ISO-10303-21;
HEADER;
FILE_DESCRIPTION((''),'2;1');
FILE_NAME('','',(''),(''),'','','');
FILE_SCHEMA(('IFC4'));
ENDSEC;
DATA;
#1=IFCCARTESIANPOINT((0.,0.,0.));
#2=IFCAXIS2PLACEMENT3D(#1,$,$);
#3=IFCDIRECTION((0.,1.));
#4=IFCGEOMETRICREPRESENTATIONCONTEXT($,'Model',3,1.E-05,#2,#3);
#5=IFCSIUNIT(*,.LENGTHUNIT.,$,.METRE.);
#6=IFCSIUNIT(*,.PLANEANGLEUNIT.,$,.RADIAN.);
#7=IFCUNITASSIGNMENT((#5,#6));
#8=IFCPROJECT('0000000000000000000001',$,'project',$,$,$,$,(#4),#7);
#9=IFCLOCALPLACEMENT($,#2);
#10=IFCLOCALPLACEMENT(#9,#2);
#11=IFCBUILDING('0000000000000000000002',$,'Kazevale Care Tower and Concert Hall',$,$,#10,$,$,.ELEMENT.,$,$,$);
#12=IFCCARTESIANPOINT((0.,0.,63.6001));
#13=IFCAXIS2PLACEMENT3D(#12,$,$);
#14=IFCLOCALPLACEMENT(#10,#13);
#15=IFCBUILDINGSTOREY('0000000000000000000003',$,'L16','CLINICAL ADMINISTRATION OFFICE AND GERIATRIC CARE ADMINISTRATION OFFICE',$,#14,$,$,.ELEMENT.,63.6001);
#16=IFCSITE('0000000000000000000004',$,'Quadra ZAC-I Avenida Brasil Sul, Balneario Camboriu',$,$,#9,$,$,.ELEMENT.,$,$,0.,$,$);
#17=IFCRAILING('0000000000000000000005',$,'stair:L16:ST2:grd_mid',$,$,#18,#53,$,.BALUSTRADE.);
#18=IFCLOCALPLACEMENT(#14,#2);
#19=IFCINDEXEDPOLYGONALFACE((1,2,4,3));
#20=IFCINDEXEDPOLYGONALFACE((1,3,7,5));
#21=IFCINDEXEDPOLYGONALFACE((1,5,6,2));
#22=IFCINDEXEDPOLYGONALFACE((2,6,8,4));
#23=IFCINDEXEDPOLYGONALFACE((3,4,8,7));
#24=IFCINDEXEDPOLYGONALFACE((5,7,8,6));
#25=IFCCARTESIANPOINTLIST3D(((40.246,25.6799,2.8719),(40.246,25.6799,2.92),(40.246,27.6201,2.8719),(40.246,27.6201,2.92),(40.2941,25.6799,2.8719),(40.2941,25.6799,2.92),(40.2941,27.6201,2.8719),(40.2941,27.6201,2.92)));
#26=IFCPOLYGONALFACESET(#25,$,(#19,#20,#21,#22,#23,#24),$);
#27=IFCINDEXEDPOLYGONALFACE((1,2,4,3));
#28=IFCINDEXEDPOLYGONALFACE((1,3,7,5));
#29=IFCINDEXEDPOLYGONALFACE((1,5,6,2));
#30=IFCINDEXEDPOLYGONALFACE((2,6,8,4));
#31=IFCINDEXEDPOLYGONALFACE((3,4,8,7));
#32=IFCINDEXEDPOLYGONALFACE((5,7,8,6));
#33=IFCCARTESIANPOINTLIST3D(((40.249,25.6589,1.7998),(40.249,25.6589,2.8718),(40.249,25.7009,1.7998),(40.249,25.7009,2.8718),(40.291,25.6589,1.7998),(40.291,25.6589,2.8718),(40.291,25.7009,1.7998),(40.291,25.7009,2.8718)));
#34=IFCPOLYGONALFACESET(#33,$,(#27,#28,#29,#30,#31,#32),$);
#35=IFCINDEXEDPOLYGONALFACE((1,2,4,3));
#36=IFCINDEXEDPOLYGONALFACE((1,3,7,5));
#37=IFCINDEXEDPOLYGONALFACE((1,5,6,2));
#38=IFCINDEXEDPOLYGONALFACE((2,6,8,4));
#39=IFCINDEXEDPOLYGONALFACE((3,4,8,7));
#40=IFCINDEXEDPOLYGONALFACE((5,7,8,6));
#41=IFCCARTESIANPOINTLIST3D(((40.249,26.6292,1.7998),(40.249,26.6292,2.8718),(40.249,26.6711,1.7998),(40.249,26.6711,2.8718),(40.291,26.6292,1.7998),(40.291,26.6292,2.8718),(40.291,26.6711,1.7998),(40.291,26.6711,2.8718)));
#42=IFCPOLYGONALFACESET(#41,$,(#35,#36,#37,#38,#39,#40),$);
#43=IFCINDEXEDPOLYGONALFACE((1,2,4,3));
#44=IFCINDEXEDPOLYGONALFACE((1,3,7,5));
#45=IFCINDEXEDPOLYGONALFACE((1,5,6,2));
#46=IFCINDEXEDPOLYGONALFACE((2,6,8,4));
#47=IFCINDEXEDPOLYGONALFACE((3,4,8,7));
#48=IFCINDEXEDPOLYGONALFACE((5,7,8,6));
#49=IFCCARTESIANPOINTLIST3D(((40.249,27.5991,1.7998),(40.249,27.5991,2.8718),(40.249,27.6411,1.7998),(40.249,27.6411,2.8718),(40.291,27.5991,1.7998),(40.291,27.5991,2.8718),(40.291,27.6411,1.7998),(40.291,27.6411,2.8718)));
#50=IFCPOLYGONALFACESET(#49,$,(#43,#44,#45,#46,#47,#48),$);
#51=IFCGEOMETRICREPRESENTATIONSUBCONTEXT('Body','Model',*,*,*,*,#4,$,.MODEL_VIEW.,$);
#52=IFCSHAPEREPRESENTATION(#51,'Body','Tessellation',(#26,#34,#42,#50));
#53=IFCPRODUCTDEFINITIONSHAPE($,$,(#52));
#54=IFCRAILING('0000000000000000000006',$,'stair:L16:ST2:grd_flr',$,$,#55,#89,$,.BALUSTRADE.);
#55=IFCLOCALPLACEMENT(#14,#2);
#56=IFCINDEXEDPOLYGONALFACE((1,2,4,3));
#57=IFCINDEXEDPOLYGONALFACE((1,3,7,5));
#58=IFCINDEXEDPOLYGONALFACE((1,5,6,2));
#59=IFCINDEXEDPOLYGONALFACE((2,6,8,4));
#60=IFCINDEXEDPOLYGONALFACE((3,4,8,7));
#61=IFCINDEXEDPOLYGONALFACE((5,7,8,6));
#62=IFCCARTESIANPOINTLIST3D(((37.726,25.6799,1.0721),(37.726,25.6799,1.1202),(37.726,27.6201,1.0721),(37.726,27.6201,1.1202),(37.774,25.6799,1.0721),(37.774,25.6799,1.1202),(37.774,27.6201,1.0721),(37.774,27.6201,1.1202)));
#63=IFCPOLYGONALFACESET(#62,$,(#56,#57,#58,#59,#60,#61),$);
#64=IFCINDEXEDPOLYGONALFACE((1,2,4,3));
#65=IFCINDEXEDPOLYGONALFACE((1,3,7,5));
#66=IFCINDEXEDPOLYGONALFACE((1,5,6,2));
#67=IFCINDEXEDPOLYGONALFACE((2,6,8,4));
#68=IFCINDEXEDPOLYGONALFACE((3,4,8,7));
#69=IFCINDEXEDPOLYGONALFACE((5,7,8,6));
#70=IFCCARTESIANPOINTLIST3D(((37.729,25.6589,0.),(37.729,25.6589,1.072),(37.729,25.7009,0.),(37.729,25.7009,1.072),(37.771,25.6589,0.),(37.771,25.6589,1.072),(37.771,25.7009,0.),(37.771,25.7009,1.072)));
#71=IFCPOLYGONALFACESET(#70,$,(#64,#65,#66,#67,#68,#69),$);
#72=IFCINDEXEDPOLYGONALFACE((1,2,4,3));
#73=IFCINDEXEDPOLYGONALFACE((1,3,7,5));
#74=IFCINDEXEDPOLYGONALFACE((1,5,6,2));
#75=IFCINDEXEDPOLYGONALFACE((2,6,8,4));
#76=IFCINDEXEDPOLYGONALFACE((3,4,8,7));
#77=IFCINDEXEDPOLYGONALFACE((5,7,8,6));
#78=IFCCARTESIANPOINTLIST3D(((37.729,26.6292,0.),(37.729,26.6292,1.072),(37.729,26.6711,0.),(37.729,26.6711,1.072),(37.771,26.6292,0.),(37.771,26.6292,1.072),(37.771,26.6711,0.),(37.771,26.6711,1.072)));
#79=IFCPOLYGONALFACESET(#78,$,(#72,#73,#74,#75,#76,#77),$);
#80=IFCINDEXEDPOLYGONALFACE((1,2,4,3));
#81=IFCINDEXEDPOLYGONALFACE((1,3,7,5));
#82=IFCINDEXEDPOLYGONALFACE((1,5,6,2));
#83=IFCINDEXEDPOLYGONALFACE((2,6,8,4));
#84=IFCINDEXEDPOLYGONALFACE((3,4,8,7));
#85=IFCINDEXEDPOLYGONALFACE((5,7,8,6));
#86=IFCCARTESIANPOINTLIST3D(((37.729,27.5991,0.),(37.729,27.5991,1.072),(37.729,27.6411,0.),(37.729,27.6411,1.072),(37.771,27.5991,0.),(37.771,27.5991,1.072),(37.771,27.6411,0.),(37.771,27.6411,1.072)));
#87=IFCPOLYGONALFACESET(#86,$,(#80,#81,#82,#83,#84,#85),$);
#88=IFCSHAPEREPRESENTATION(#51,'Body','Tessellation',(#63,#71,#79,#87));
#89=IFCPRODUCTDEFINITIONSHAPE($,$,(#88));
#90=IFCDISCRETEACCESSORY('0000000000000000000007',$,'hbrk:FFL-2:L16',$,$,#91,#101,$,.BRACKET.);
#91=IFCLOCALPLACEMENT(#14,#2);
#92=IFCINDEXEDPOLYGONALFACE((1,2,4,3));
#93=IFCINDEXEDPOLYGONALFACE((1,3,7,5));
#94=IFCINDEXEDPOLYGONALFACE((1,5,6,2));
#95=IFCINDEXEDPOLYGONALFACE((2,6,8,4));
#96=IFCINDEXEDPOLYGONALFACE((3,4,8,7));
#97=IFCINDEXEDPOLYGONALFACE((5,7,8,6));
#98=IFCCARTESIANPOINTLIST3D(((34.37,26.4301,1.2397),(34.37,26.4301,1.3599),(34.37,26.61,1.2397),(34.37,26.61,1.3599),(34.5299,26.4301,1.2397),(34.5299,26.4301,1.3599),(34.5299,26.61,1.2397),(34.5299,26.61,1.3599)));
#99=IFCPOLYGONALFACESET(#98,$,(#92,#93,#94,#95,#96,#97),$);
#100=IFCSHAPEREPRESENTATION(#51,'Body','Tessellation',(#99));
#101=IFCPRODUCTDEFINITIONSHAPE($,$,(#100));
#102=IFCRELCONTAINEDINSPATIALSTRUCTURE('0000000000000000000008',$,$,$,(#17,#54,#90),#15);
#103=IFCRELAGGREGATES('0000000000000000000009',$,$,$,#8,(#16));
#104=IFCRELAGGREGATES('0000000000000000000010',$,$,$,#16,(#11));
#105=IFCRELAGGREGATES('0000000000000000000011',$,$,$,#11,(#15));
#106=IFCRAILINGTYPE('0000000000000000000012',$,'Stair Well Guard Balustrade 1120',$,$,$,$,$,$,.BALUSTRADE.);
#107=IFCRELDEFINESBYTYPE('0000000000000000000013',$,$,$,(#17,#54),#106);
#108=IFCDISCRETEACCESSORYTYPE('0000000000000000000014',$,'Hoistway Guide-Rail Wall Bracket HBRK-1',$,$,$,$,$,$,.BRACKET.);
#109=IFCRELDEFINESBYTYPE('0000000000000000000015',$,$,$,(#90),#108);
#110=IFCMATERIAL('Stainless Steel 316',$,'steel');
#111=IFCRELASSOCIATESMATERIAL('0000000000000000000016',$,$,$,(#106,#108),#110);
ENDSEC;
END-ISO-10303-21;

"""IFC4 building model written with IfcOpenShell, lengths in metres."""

from ifc_helpers import new_model, si_unit, direction, frame, origin, origin_2d, place, context, subcontext, project, spatial, rectangle, extrude, material, type_object, element, save


model = new_model("IFC4")

# Units and contexts
model_context = context("Model", 3, precision=1e-05, world=origin(), true_north=direction((0.0, 1.0)))
body_context = subcontext(model_context, "Body", "Model", "MODEL_VIEW")
ifc_project = project(units=[si_unit("LENGTHUNIT", "METRE"), si_unit("PLANEANGLEUNIT", "RADIAN")], contexts=[model_context])

# Site, building, storey
site_placement = place(None, origin())
site = spatial("IfcSite", under=ifc_project, at=site_placement, Name="Quadra ZAC-I Avenida Brasil Sul, Balneario Camboriu", CompositionType="ELEMENT", RefElevation=0.0)
building_placement = place(site_placement, origin())
building = spatial("IfcBuilding", under=site, at=building_placement, Name="Kazevale Care Tower and Concert Hall", CompositionType="ELEMENT")
storey_placement = place(building_placement, frame((0.0, 0.0, 63.6001)))
storey = spatial("IfcBuildingStorey", under=building, at=storey_placement, Name="L16", Description="CLINICAL ADMINISTRATION OFFICE AND GERIATRIC CARE ADMINISTRATION OFFICE", CompositionType="ELEMENT", Elevation=63.6001)

# Railings
ifc_material_1 = material(Name="Stainless Steel 316", Category="steel")
railing_type_1 = type_object("IfcRailingType", Name="Stair Well Guard Balustrade 1120", PredefinedType="BALUSTRADE", material=ifc_material_1)
for number, where, name in (
    (1, (40.27, 25.6799, 1.7998), "stair:L16:ST2:grd_mid"),
    (2, (37.75, 25.6799, 0.0), "stair:L16:ST2:grd_flr"),
):
    element("IfcRailing", number, at=place(storey_placement, frame(where)), inside=storey, type_object=railing_type_1, Name=name, PredefinedType="BALUSTRADE", context=body_context, shape_type="SweptSolid", body=[
        extrude(rectangle(XDim=0.0481, YDim=0.0481, at=origin_2d()), frame((0.0, 0.0, 1.0962), z_axis=(0.0, 1.0, 0.0), x_axis=(-1.0, 0.0, 0.0)), (0.0, 0.0, 1.0), 1.9402),
        extrude(rectangle(XDim=0.042, YDim=0.042, at=origin_2d()), origin(), (0.0, 0.0, 1.0), 1.072),
        extrude(rectangle(XDim=0.042, YDim=0.042, at=origin_2d()), frame((0.0, 0.9702, 0.0)), (0.0, 0.0, 1.0), 1.072),
        extrude(rectangle(XDim=0.042, YDim=0.042, at=origin_2d()), frame((0.0, 1.9402, 0.0)), (0.0, 0.0, 1.0), 1.072),
    ])

# Discrete accessory
discrete_accessory_type = type_object("IfcDiscreteAccessoryType", Name="Hoistway Guide-Rail Wall Bracket HBRK-1", PredefinedType="BRACKET", material=ifc_material_1)
discrete_accessory_placement = place(storey_placement, frame((34.45, 26.52, 1.2397), z_axis=(0.0, 0.0, 1.0), x_axis=(1.0, 0.0, 0.0)))
element("IfcDiscreteAccessory", 3, at=discrete_accessory_placement, inside=storey, type_object=discrete_accessory_type, Name="hbrk:FFL-2:L16", PredefinedType="BRACKET", context=body_context, shape_type="SweptSolid", body=[
    extrude(rectangle(XDim=0.1599, YDim=0.1799, at=origin_2d()), origin(), (0.0, 0.0, 1.0), 0.1201),
])

save(model, "model.ifc")
